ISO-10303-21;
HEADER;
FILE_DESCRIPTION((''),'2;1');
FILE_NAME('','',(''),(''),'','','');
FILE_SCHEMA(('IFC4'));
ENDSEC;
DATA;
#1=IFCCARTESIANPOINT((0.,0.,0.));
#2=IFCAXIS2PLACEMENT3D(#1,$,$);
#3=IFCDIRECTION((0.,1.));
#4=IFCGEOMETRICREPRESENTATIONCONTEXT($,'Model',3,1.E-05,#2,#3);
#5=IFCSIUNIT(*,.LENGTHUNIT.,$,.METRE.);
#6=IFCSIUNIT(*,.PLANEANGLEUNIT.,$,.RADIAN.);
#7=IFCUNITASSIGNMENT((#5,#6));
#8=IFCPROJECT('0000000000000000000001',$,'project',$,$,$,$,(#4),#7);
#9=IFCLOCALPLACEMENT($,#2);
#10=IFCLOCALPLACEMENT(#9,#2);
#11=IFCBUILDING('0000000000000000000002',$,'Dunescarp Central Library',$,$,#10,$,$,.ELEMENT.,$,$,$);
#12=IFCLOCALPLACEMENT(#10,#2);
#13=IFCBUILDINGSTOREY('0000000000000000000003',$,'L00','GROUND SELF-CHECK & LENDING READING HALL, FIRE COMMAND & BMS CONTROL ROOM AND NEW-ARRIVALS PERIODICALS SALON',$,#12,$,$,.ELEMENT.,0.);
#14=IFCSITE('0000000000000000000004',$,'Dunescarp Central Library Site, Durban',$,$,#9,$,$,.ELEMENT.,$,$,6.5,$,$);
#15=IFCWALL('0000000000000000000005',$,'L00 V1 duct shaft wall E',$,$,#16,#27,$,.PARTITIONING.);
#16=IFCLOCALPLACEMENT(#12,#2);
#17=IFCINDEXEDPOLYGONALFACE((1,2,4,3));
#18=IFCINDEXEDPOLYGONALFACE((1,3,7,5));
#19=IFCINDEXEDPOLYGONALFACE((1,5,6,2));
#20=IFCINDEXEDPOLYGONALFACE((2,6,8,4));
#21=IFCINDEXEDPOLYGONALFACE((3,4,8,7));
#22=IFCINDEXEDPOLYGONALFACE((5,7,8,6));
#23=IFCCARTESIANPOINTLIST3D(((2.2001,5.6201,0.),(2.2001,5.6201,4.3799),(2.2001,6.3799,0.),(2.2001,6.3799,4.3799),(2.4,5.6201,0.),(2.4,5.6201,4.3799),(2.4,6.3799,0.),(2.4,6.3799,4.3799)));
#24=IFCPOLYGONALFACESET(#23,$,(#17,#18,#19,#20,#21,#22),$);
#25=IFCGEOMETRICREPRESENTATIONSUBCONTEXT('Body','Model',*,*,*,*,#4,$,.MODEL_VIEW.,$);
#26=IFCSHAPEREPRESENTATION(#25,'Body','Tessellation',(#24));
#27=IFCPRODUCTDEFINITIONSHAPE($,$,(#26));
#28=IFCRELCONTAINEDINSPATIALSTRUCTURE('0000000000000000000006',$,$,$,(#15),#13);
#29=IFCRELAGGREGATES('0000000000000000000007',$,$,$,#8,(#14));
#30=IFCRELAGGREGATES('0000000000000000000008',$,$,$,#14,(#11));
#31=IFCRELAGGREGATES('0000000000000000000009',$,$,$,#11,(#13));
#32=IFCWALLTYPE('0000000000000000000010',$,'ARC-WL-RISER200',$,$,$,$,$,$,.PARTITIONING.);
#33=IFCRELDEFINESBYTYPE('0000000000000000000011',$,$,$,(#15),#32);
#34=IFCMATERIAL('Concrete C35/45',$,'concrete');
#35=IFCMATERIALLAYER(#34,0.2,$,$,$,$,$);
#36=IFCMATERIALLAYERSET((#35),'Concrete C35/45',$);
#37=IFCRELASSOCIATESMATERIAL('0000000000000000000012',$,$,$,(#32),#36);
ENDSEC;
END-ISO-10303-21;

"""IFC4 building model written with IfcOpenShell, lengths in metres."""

from ifc_helpers import new_model, si_unit, direction, frame, frame_2d, origin, place, context, subcontext, project, spatial, rectangle, extrude, material, layer, layer_set, type_object, element, save


model = new_model("IFC4")

# Units and contexts
model_context = context("Model", 3, precision=1e-05, world=origin(), true_north=direction((0.0, 1.0)))
body_context = subcontext(model_context, "Body", "Model", "MODEL_VIEW")
ifc_project = project(units=[si_unit("LENGTHUNIT", "METRE"), si_unit("PLANEANGLEUNIT", "RADIAN")], contexts=[model_context])

# Site, building, storey
site_placement = place(None, origin())
site = spatial("IfcSite", under=ifc_project, at=site_placement, Name="Dunescarp Central Library Site, Durban", CompositionType="ELEMENT", RefElevation=6.5)
building_placement = place(site_placement, origin())
building = spatial("IfcBuilding", under=site, at=building_placement, Name="Dunescarp Central Library", CompositionType="ELEMENT")
storey_placement = place(building_placement, origin())
storey = spatial("IfcBuildingStorey", under=building, at=storey_placement, Name="L00", Description="GROUND SELF-CHECK & LENDING READING HALL, FIRE COMMAND & BMS CONTROL ROOM AND NEW-ARRIVALS PERIODICALS SALON", CompositionType="ELEMENT", Elevation=0.0)

# Shared definitions
ifc_material_1 = material(Name="Concrete C35/45", Category="concrete")

# Wall
ifc_layer_1 = layer(ifc_material_1, 0.2)
ifc_layer_set_1 = layer_set([ifc_layer_1], Name="Concrete C35/45")
wall_type_1 = type_object("IfcWallType", Name="ARC-WL-RISER200", PredefinedType="PARTITIONING", material=ifc_layer_set_1)
for number, where, z_axis, x_axis, name in (
    (1, (2.3, 6.3799, 0.0), (0.0, 0.0, 1.0), (0.0, -1.0, 0.0), "L00 V1 duct shaft wall E"),
):
    element("IfcWall", number, at=place(storey_placement, frame(where, z_axis=z_axis, x_axis=x_axis)), inside=storey, type_object=wall_type_1, Name=name, PredefinedType="PARTITIONING", context=body_context, shape_type="SweptSolid", body=[
        extrude(rectangle(XDim=0.7598, YDim=0.2, at=frame_2d((0.3799, 0.0))), origin(), (0.0, 0.0, 1.0), 4.3799),
    ])

save(model, "model.ifc")
